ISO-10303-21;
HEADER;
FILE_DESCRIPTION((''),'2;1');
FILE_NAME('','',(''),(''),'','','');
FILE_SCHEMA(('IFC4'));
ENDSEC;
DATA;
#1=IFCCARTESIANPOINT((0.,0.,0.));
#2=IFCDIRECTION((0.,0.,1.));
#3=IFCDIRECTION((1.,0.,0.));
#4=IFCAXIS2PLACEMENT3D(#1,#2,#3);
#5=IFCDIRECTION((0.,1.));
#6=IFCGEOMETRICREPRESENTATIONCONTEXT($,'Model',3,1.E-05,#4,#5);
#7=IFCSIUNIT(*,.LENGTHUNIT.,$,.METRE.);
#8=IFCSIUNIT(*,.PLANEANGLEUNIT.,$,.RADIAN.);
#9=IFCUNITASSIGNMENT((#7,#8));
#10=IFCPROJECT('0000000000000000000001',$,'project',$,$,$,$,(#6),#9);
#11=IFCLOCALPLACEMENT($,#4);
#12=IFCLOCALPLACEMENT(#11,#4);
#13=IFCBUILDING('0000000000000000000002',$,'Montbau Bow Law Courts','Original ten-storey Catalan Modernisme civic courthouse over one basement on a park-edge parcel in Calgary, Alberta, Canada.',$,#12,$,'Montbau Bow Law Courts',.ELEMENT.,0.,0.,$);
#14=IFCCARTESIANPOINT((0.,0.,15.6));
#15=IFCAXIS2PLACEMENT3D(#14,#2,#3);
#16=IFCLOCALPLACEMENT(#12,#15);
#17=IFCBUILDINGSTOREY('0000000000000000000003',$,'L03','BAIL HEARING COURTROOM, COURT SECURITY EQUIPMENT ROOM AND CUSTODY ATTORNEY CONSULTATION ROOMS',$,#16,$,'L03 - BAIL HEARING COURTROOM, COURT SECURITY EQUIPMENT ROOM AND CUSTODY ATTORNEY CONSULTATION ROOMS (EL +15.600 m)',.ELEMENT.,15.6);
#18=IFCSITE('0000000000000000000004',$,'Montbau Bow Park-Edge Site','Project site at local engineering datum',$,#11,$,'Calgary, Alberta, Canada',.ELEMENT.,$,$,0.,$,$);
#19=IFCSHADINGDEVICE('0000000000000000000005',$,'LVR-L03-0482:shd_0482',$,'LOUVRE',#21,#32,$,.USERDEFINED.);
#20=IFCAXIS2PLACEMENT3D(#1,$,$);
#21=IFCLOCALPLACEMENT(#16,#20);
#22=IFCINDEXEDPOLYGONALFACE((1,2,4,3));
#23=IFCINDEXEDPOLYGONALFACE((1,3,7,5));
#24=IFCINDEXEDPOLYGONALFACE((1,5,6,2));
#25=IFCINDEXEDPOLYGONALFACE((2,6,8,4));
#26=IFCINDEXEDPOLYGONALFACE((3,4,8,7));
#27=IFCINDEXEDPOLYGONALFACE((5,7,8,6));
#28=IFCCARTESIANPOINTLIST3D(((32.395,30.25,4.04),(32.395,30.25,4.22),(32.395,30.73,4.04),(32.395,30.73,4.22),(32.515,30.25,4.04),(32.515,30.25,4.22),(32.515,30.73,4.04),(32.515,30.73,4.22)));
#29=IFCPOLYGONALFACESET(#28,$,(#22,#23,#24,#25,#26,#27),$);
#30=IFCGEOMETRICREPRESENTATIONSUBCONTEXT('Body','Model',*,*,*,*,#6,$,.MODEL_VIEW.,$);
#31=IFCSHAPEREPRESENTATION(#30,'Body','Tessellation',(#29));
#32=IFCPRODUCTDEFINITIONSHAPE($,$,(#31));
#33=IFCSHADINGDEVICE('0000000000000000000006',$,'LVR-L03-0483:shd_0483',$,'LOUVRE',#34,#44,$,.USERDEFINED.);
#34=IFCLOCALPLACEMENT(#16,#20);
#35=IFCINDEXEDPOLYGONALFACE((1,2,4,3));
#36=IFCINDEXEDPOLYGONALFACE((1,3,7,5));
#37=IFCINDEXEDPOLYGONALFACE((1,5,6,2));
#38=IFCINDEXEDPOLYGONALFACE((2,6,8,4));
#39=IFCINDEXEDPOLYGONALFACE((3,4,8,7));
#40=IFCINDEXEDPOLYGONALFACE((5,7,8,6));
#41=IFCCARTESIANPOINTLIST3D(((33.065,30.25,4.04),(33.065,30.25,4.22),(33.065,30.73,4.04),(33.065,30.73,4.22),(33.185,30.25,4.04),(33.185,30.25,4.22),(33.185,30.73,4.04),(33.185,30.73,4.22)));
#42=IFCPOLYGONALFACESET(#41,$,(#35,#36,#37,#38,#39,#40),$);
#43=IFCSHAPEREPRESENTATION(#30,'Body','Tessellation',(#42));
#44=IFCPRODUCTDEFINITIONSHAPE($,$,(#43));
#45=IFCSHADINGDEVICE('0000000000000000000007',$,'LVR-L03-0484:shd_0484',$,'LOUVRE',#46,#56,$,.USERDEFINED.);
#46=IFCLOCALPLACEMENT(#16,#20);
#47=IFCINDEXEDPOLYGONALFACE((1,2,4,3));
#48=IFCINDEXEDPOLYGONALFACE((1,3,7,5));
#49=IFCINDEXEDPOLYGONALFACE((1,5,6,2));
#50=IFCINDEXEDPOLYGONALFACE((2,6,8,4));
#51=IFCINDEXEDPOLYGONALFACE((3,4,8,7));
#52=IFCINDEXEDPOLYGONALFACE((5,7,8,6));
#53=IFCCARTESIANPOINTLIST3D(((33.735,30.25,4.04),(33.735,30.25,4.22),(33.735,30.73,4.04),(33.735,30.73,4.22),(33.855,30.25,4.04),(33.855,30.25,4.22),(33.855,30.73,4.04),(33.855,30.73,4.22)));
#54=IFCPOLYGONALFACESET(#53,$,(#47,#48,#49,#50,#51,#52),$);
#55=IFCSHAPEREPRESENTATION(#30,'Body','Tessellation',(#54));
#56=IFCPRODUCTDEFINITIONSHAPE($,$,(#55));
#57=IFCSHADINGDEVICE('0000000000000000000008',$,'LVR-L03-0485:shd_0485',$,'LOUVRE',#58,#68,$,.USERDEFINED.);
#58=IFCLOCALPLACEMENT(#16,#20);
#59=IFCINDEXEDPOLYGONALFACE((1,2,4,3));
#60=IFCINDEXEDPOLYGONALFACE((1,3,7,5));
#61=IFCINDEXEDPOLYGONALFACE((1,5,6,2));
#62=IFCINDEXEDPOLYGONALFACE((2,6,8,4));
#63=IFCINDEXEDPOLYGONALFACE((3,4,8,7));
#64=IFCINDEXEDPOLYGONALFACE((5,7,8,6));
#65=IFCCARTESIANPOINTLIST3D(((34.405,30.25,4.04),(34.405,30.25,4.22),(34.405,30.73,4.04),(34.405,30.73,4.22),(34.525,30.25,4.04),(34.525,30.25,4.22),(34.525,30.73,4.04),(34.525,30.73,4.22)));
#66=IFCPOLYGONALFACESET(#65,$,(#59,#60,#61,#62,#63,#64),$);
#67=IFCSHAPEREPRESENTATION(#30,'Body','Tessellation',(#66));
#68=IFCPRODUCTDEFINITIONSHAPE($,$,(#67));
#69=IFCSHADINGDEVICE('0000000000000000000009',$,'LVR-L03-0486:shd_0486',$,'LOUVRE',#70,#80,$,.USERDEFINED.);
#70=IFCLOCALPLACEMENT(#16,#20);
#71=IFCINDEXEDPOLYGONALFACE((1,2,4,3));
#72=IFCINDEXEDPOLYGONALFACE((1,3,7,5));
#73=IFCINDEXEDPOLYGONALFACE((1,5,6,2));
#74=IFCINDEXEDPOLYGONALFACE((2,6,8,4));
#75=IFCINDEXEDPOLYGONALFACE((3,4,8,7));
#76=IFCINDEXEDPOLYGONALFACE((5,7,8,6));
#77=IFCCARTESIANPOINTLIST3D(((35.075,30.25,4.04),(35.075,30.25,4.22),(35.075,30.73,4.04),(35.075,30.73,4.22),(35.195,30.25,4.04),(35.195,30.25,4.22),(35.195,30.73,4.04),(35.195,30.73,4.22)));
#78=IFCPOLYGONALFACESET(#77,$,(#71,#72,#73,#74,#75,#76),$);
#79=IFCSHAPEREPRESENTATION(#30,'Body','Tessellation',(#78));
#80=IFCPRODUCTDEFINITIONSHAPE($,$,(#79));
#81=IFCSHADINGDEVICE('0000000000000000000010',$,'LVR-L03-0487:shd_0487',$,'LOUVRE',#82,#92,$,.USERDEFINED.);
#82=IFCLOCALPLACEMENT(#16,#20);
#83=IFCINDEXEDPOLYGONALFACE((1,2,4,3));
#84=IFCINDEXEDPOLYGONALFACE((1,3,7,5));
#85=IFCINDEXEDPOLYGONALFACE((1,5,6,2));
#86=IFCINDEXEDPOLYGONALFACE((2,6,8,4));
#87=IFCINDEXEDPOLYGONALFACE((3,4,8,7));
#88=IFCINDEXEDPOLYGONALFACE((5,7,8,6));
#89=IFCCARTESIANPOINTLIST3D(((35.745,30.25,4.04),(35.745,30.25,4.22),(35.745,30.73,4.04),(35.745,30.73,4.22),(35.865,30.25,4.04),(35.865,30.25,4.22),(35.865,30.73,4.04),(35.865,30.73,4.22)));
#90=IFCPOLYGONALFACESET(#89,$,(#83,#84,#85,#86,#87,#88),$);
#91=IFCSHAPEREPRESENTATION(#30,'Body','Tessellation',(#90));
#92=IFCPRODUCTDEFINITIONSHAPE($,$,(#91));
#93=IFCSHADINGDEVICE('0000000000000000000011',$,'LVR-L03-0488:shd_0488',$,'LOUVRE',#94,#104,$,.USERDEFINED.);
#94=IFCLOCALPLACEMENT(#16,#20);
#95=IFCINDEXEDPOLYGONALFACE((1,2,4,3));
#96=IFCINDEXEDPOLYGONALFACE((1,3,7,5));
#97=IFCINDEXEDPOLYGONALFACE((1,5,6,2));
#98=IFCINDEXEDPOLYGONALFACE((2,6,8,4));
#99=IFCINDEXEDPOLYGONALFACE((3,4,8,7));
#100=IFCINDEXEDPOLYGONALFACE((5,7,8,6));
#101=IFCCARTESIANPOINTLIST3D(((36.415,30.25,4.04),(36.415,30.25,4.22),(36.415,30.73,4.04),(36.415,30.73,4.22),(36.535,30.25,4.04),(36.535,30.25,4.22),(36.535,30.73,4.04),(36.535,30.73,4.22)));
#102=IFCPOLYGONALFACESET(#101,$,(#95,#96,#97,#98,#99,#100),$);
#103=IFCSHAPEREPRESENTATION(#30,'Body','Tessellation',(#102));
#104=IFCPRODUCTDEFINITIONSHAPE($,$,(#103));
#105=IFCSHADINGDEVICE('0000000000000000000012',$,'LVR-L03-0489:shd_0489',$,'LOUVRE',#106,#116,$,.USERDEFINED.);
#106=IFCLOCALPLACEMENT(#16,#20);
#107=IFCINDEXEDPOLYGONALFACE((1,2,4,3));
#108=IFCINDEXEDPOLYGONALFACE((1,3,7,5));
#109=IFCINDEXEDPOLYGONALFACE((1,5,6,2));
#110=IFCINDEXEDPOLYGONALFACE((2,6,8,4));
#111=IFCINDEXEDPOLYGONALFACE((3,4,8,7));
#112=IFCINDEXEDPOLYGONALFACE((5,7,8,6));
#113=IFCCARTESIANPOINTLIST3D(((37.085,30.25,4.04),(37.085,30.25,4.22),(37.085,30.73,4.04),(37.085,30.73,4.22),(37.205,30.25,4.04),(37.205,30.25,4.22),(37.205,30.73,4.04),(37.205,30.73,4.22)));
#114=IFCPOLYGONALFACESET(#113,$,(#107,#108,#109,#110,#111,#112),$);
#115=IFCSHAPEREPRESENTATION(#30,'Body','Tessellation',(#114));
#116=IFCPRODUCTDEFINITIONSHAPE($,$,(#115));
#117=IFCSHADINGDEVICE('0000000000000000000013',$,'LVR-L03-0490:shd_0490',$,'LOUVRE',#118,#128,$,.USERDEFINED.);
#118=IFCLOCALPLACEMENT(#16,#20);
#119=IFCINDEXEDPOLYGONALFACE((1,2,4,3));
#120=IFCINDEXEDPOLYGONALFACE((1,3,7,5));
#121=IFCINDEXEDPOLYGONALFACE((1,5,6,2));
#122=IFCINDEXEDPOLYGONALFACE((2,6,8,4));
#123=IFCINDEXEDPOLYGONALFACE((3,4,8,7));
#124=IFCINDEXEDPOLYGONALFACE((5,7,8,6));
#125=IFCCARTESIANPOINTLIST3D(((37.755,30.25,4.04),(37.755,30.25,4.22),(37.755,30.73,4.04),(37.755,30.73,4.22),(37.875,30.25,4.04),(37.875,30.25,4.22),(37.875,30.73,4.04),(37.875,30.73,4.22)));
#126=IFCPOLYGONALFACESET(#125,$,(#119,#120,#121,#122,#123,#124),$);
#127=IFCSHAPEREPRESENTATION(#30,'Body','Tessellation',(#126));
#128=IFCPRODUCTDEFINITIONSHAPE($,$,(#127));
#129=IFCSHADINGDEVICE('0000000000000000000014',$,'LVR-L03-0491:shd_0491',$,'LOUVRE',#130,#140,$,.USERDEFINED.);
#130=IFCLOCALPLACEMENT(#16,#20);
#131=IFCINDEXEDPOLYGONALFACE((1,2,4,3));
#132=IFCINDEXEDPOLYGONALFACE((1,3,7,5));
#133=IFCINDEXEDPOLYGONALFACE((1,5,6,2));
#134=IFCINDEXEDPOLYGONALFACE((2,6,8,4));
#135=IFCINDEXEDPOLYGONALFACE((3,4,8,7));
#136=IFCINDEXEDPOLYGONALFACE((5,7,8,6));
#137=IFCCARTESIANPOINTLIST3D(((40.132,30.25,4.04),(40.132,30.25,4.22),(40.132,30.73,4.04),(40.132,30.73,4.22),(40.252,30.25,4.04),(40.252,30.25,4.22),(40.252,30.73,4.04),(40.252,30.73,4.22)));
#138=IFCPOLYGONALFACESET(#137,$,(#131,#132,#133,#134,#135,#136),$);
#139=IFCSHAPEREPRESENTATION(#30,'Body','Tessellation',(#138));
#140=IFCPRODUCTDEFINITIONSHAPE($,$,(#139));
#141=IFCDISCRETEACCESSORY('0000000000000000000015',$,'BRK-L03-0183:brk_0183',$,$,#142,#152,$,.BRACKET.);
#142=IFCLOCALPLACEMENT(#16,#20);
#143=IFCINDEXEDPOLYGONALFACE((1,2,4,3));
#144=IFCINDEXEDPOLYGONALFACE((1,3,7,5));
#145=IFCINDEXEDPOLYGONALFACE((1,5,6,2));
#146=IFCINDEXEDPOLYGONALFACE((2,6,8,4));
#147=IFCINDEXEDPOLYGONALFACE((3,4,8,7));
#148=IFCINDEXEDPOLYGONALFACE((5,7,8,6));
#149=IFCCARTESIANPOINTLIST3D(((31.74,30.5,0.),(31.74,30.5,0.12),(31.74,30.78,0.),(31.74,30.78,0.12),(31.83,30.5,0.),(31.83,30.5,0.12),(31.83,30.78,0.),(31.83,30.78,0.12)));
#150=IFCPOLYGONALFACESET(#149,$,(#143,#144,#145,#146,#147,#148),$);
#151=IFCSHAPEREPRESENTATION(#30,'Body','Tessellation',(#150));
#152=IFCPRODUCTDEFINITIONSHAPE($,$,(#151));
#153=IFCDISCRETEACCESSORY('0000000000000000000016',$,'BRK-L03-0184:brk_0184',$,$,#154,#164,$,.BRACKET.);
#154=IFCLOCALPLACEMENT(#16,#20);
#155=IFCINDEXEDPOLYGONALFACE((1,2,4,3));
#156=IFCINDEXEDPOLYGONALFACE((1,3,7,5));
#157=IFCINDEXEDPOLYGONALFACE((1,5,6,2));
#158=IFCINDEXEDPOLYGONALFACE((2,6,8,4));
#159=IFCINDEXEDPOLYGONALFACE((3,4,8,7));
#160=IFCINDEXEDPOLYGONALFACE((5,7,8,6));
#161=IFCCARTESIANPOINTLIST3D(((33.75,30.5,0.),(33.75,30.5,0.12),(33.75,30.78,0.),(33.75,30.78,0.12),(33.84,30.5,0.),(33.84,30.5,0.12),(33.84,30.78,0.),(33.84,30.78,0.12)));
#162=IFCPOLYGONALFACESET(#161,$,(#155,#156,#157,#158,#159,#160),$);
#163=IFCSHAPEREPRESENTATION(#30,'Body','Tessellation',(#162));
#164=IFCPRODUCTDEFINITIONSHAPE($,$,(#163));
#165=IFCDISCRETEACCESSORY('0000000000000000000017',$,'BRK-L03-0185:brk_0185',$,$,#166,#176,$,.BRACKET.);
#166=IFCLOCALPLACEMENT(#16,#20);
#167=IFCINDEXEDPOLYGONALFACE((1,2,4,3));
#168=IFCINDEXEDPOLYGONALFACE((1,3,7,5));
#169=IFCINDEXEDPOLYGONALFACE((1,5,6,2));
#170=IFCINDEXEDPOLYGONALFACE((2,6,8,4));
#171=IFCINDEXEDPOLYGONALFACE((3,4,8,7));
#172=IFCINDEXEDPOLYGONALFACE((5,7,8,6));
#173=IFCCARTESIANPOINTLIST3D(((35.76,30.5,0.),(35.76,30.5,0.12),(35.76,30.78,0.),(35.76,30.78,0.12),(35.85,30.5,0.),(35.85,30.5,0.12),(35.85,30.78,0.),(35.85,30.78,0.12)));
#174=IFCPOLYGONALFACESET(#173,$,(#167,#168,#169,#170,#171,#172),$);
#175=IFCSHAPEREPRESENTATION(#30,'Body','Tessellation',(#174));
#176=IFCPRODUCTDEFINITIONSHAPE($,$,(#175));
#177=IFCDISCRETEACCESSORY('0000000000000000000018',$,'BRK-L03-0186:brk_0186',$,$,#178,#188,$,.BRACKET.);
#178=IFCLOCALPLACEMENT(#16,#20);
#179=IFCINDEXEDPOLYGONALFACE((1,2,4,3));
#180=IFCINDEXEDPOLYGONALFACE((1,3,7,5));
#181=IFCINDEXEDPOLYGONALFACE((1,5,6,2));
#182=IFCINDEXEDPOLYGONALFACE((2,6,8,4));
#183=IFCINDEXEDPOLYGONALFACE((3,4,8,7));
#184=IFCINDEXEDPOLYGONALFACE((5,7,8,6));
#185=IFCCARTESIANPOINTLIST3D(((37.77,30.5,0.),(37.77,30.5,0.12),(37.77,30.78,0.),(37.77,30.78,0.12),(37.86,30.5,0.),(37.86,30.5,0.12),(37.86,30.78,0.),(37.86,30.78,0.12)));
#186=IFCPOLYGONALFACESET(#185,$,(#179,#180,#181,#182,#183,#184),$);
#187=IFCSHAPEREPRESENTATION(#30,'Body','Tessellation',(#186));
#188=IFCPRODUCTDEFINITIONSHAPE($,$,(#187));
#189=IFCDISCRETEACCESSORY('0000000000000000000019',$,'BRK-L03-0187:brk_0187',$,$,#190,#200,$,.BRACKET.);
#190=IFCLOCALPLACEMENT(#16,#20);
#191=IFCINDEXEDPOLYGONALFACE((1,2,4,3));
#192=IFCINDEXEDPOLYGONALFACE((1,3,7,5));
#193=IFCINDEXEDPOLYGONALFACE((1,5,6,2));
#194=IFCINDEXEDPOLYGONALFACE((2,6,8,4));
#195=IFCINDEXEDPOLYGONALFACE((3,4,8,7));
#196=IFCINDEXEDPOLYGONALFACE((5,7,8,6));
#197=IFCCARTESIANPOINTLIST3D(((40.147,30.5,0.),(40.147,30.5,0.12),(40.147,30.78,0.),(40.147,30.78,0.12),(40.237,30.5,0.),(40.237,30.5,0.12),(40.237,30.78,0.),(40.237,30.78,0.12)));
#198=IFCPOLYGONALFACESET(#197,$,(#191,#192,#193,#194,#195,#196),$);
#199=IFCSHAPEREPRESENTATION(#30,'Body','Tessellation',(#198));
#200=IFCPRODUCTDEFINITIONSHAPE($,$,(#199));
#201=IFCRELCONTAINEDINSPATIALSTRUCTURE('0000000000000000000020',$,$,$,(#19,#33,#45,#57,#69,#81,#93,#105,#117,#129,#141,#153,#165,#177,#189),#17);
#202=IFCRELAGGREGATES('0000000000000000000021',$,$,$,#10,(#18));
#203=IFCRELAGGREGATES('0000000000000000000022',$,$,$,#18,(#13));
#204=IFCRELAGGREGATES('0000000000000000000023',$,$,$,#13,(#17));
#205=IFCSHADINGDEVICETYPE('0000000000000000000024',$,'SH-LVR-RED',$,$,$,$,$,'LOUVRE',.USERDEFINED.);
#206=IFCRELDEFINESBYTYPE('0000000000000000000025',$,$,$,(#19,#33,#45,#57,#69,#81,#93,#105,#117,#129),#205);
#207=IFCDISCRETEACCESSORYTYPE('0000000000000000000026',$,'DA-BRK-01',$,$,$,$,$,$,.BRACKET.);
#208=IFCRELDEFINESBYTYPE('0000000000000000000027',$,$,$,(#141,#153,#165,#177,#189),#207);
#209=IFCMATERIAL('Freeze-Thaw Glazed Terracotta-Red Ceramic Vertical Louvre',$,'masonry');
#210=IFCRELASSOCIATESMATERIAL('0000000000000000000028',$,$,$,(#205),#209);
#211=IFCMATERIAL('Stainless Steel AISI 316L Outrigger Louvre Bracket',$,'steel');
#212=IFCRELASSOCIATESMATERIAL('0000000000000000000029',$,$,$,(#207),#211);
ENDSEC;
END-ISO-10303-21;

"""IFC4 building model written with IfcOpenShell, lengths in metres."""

from ifc_helpers import new_model, si_unit, direction, frame, origin_with_axes, origin_2d_with_axis, place, context, subcontext, project, spatial, rectangle, extrude, material, type_object, element, save


model = new_model("IFC4")

# Units and contexts
model_context = context("Model", 3, precision=1e-05, world=origin_with_axes(), true_north=direction((0.0, 1.0)))
body_context = subcontext(model_context, "Body", "Model", "MODEL_VIEW")
ifc_project = project(units=[si_unit("LENGTHUNIT", "METRE"), si_unit("PLANEANGLEUNIT", "RADIAN")], contexts=[model_context])

# Site, building, storey
site_placement = place(None, origin_with_axes())
site = spatial("IfcSite", under=ifc_project, at=site_placement, Name="Montbau Bow Park-Edge Site", Description="Project site at local engineering datum", LongName="Calgary, Alberta, Canada", CompositionType="ELEMENT", RefElevation=0.0)
building_placement = place(site_placement, origin_with_axes())
building = spatial("IfcBuilding", under=site, at=building_placement, Name="Montbau Bow Law Courts", Description="Original ten-storey Catalan Modernisme civic courthouse over one basement on a park-edge parcel in Calgary, Alberta, Canada.", LongName="Montbau Bow Law Courts", CompositionType="ELEMENT", ElevationOfRefHeight=0.0, ElevationOfTerrain=0.0)
storey_placement = place(building_placement, frame((0.0, 0.0, 15.6), z_axis=(0.0, 0.0, 1.0), x_axis=(1.0, 0.0, 0.0)))
storey = spatial("IfcBuildingStorey", under=building, at=storey_placement, Name="L03", Description="BAIL HEARING COURTROOM, COURT SECURITY EQUIPMENT ROOM AND CUSTODY ATTORNEY CONSULTATION ROOMS", LongName="L03 - BAIL HEARING COURTROOM, COURT SECURITY EQUIPMENT ROOM AND CUSTODY ATTORNEY CONSULTATION ROOMS (EL +15.600 m)", CompositionType="ELEMENT", Elevation=15.6)

# Shading devices
ifc_material_1 = material(Name="Freeze-Thaw Glazed Terracotta-Red Ceramic Vertical Louvre", Category="masonry")
shading_device_type = type_object("IfcShadingDeviceType", Name="SH-LVR-RED", ElementType="LOUVRE", PredefinedType="USERDEFINED", material=ifc_material_1)
for number, where, z_axis, x_axis, name in (
    (1, (32.455, 30.49, 19.64), (0.0, 0.0, 1.0), (0.0, -1.0, 0.0), "LVR-L03-0482:shd_0482"),
    (2, (33.125, 30.49, 19.64), (0.0, 0.0, 1.0), (0.0, -1.0, 0.0), "LVR-L03-0483:shd_0483"),
    (3, (33.795, 30.49, 19.64), (0.0, 0.0, 1.0), (0.0, -1.0, 0.0), "LVR-L03-0484:shd_0484"),
    (4, (34.465, 30.49, 19.64), (0.0, 0.0, 1.0), (0.0, -1.0, 0.0), "LVR-L03-0485:shd_0485"),
    (5, (35.135, 30.49, 19.64), (0.0, 0.0, 1.0), (0.0, -1.0, 0.0), "LVR-L03-0486:shd_0486"),
    (6, (35.805, 30.49, 19.64), (0.0, 0.0, 1.0), (0.0, -1.0, 0.0), "LVR-L03-0487:shd_0487"),
    (7, (36.475, 30.49, 19.64), (0.0, 0.0, 1.0), (0.0, -1.0, 0.0), "LVR-L03-0488:shd_0488"),
    (8, (37.145, 30.49, 19.64), (0.0, 0.0, 1.0), (0.0, -1.0, 0.0), "LVR-L03-0489:shd_0489"),
    (9, (37.815, 30.49, 19.64), (0.0, 0.0, 1.0), (0.0, -1.0, 0.0), "LVR-L03-0490:shd_0490"),
    (10, (40.192, 30.49, 19.64), (0.0, 0.0, 1.0), (0.0, -1.0, 0.0), "LVR-L03-0491:shd_0491"),
):
    element("IfcShadingDevice", number, at=place(None, frame(where, z_axis=z_axis, x_axis=x_axis)), inside=storey, type_object=shading_device_type, Name=name, ObjectType="LOUVRE", PredefinedType="USERDEFINED", context=body_context, shape_type="SweptSolid", body=[
        extrude(rectangle(XDim=0.48, YDim=0.12, at=origin_2d_with_axis()), origin_with_axes(), (0.0, 0.0, 1.0), 0.18),
    ])

# Discrete accessories
ifc_material_2 = material(Name="Stainless Steel AISI 316L Outrigger Louvre Bracket", Category="steel")
discrete_accessory_type = type_object("IfcDiscreteAccessoryType", Name="DA-BRK-01", PredefinedType="BRACKET", material=ifc_material_2)
for number, where, z_axis, x_axis, name in (
    (11, (31.785, 30.64, 15.6), (0.0, 0.0, 1.0), (0.0, -1.0, 0.0), "BRK-L03-0183:brk_0183"),
    (12, (33.795, 30.64, 15.6), (0.0, 0.0, 1.0), (0.0, -1.0, 0.0), "BRK-L03-0184:brk_0184"),
    (13, (35.805, 30.64, 15.6), (0.0, 0.0, 1.0), (0.0, -1.0, 0.0), "BRK-L03-0185:brk_0185"),
    (14, (37.815, 30.64, 15.6), (0.0, 0.0, 1.0), (0.0, -1.0, 0.0), "BRK-L03-0186:brk_0186"),
    (15, (40.192, 30.64, 15.6), (0.0, 0.0, 1.0), (0.0, -1.0, 0.0), "BRK-L03-0187:brk_0187"),
):
    element("IfcDiscreteAccessory", number, at=place(None, frame(where, z_axis=z_axis, x_axis=x_axis)), inside=storey, type_object=discrete_accessory_type, Name=name, PredefinedType="BRACKET", context=body_context, shape_type="SweptSolid", body=[
        extrude(rectangle(XDim=0.28, YDim=0.09, at=origin_2d_with_axis()), origin_with_axes(), (0.0, 0.0, 1.0), 0.12),
    ])

save(model, "model.ifc")
